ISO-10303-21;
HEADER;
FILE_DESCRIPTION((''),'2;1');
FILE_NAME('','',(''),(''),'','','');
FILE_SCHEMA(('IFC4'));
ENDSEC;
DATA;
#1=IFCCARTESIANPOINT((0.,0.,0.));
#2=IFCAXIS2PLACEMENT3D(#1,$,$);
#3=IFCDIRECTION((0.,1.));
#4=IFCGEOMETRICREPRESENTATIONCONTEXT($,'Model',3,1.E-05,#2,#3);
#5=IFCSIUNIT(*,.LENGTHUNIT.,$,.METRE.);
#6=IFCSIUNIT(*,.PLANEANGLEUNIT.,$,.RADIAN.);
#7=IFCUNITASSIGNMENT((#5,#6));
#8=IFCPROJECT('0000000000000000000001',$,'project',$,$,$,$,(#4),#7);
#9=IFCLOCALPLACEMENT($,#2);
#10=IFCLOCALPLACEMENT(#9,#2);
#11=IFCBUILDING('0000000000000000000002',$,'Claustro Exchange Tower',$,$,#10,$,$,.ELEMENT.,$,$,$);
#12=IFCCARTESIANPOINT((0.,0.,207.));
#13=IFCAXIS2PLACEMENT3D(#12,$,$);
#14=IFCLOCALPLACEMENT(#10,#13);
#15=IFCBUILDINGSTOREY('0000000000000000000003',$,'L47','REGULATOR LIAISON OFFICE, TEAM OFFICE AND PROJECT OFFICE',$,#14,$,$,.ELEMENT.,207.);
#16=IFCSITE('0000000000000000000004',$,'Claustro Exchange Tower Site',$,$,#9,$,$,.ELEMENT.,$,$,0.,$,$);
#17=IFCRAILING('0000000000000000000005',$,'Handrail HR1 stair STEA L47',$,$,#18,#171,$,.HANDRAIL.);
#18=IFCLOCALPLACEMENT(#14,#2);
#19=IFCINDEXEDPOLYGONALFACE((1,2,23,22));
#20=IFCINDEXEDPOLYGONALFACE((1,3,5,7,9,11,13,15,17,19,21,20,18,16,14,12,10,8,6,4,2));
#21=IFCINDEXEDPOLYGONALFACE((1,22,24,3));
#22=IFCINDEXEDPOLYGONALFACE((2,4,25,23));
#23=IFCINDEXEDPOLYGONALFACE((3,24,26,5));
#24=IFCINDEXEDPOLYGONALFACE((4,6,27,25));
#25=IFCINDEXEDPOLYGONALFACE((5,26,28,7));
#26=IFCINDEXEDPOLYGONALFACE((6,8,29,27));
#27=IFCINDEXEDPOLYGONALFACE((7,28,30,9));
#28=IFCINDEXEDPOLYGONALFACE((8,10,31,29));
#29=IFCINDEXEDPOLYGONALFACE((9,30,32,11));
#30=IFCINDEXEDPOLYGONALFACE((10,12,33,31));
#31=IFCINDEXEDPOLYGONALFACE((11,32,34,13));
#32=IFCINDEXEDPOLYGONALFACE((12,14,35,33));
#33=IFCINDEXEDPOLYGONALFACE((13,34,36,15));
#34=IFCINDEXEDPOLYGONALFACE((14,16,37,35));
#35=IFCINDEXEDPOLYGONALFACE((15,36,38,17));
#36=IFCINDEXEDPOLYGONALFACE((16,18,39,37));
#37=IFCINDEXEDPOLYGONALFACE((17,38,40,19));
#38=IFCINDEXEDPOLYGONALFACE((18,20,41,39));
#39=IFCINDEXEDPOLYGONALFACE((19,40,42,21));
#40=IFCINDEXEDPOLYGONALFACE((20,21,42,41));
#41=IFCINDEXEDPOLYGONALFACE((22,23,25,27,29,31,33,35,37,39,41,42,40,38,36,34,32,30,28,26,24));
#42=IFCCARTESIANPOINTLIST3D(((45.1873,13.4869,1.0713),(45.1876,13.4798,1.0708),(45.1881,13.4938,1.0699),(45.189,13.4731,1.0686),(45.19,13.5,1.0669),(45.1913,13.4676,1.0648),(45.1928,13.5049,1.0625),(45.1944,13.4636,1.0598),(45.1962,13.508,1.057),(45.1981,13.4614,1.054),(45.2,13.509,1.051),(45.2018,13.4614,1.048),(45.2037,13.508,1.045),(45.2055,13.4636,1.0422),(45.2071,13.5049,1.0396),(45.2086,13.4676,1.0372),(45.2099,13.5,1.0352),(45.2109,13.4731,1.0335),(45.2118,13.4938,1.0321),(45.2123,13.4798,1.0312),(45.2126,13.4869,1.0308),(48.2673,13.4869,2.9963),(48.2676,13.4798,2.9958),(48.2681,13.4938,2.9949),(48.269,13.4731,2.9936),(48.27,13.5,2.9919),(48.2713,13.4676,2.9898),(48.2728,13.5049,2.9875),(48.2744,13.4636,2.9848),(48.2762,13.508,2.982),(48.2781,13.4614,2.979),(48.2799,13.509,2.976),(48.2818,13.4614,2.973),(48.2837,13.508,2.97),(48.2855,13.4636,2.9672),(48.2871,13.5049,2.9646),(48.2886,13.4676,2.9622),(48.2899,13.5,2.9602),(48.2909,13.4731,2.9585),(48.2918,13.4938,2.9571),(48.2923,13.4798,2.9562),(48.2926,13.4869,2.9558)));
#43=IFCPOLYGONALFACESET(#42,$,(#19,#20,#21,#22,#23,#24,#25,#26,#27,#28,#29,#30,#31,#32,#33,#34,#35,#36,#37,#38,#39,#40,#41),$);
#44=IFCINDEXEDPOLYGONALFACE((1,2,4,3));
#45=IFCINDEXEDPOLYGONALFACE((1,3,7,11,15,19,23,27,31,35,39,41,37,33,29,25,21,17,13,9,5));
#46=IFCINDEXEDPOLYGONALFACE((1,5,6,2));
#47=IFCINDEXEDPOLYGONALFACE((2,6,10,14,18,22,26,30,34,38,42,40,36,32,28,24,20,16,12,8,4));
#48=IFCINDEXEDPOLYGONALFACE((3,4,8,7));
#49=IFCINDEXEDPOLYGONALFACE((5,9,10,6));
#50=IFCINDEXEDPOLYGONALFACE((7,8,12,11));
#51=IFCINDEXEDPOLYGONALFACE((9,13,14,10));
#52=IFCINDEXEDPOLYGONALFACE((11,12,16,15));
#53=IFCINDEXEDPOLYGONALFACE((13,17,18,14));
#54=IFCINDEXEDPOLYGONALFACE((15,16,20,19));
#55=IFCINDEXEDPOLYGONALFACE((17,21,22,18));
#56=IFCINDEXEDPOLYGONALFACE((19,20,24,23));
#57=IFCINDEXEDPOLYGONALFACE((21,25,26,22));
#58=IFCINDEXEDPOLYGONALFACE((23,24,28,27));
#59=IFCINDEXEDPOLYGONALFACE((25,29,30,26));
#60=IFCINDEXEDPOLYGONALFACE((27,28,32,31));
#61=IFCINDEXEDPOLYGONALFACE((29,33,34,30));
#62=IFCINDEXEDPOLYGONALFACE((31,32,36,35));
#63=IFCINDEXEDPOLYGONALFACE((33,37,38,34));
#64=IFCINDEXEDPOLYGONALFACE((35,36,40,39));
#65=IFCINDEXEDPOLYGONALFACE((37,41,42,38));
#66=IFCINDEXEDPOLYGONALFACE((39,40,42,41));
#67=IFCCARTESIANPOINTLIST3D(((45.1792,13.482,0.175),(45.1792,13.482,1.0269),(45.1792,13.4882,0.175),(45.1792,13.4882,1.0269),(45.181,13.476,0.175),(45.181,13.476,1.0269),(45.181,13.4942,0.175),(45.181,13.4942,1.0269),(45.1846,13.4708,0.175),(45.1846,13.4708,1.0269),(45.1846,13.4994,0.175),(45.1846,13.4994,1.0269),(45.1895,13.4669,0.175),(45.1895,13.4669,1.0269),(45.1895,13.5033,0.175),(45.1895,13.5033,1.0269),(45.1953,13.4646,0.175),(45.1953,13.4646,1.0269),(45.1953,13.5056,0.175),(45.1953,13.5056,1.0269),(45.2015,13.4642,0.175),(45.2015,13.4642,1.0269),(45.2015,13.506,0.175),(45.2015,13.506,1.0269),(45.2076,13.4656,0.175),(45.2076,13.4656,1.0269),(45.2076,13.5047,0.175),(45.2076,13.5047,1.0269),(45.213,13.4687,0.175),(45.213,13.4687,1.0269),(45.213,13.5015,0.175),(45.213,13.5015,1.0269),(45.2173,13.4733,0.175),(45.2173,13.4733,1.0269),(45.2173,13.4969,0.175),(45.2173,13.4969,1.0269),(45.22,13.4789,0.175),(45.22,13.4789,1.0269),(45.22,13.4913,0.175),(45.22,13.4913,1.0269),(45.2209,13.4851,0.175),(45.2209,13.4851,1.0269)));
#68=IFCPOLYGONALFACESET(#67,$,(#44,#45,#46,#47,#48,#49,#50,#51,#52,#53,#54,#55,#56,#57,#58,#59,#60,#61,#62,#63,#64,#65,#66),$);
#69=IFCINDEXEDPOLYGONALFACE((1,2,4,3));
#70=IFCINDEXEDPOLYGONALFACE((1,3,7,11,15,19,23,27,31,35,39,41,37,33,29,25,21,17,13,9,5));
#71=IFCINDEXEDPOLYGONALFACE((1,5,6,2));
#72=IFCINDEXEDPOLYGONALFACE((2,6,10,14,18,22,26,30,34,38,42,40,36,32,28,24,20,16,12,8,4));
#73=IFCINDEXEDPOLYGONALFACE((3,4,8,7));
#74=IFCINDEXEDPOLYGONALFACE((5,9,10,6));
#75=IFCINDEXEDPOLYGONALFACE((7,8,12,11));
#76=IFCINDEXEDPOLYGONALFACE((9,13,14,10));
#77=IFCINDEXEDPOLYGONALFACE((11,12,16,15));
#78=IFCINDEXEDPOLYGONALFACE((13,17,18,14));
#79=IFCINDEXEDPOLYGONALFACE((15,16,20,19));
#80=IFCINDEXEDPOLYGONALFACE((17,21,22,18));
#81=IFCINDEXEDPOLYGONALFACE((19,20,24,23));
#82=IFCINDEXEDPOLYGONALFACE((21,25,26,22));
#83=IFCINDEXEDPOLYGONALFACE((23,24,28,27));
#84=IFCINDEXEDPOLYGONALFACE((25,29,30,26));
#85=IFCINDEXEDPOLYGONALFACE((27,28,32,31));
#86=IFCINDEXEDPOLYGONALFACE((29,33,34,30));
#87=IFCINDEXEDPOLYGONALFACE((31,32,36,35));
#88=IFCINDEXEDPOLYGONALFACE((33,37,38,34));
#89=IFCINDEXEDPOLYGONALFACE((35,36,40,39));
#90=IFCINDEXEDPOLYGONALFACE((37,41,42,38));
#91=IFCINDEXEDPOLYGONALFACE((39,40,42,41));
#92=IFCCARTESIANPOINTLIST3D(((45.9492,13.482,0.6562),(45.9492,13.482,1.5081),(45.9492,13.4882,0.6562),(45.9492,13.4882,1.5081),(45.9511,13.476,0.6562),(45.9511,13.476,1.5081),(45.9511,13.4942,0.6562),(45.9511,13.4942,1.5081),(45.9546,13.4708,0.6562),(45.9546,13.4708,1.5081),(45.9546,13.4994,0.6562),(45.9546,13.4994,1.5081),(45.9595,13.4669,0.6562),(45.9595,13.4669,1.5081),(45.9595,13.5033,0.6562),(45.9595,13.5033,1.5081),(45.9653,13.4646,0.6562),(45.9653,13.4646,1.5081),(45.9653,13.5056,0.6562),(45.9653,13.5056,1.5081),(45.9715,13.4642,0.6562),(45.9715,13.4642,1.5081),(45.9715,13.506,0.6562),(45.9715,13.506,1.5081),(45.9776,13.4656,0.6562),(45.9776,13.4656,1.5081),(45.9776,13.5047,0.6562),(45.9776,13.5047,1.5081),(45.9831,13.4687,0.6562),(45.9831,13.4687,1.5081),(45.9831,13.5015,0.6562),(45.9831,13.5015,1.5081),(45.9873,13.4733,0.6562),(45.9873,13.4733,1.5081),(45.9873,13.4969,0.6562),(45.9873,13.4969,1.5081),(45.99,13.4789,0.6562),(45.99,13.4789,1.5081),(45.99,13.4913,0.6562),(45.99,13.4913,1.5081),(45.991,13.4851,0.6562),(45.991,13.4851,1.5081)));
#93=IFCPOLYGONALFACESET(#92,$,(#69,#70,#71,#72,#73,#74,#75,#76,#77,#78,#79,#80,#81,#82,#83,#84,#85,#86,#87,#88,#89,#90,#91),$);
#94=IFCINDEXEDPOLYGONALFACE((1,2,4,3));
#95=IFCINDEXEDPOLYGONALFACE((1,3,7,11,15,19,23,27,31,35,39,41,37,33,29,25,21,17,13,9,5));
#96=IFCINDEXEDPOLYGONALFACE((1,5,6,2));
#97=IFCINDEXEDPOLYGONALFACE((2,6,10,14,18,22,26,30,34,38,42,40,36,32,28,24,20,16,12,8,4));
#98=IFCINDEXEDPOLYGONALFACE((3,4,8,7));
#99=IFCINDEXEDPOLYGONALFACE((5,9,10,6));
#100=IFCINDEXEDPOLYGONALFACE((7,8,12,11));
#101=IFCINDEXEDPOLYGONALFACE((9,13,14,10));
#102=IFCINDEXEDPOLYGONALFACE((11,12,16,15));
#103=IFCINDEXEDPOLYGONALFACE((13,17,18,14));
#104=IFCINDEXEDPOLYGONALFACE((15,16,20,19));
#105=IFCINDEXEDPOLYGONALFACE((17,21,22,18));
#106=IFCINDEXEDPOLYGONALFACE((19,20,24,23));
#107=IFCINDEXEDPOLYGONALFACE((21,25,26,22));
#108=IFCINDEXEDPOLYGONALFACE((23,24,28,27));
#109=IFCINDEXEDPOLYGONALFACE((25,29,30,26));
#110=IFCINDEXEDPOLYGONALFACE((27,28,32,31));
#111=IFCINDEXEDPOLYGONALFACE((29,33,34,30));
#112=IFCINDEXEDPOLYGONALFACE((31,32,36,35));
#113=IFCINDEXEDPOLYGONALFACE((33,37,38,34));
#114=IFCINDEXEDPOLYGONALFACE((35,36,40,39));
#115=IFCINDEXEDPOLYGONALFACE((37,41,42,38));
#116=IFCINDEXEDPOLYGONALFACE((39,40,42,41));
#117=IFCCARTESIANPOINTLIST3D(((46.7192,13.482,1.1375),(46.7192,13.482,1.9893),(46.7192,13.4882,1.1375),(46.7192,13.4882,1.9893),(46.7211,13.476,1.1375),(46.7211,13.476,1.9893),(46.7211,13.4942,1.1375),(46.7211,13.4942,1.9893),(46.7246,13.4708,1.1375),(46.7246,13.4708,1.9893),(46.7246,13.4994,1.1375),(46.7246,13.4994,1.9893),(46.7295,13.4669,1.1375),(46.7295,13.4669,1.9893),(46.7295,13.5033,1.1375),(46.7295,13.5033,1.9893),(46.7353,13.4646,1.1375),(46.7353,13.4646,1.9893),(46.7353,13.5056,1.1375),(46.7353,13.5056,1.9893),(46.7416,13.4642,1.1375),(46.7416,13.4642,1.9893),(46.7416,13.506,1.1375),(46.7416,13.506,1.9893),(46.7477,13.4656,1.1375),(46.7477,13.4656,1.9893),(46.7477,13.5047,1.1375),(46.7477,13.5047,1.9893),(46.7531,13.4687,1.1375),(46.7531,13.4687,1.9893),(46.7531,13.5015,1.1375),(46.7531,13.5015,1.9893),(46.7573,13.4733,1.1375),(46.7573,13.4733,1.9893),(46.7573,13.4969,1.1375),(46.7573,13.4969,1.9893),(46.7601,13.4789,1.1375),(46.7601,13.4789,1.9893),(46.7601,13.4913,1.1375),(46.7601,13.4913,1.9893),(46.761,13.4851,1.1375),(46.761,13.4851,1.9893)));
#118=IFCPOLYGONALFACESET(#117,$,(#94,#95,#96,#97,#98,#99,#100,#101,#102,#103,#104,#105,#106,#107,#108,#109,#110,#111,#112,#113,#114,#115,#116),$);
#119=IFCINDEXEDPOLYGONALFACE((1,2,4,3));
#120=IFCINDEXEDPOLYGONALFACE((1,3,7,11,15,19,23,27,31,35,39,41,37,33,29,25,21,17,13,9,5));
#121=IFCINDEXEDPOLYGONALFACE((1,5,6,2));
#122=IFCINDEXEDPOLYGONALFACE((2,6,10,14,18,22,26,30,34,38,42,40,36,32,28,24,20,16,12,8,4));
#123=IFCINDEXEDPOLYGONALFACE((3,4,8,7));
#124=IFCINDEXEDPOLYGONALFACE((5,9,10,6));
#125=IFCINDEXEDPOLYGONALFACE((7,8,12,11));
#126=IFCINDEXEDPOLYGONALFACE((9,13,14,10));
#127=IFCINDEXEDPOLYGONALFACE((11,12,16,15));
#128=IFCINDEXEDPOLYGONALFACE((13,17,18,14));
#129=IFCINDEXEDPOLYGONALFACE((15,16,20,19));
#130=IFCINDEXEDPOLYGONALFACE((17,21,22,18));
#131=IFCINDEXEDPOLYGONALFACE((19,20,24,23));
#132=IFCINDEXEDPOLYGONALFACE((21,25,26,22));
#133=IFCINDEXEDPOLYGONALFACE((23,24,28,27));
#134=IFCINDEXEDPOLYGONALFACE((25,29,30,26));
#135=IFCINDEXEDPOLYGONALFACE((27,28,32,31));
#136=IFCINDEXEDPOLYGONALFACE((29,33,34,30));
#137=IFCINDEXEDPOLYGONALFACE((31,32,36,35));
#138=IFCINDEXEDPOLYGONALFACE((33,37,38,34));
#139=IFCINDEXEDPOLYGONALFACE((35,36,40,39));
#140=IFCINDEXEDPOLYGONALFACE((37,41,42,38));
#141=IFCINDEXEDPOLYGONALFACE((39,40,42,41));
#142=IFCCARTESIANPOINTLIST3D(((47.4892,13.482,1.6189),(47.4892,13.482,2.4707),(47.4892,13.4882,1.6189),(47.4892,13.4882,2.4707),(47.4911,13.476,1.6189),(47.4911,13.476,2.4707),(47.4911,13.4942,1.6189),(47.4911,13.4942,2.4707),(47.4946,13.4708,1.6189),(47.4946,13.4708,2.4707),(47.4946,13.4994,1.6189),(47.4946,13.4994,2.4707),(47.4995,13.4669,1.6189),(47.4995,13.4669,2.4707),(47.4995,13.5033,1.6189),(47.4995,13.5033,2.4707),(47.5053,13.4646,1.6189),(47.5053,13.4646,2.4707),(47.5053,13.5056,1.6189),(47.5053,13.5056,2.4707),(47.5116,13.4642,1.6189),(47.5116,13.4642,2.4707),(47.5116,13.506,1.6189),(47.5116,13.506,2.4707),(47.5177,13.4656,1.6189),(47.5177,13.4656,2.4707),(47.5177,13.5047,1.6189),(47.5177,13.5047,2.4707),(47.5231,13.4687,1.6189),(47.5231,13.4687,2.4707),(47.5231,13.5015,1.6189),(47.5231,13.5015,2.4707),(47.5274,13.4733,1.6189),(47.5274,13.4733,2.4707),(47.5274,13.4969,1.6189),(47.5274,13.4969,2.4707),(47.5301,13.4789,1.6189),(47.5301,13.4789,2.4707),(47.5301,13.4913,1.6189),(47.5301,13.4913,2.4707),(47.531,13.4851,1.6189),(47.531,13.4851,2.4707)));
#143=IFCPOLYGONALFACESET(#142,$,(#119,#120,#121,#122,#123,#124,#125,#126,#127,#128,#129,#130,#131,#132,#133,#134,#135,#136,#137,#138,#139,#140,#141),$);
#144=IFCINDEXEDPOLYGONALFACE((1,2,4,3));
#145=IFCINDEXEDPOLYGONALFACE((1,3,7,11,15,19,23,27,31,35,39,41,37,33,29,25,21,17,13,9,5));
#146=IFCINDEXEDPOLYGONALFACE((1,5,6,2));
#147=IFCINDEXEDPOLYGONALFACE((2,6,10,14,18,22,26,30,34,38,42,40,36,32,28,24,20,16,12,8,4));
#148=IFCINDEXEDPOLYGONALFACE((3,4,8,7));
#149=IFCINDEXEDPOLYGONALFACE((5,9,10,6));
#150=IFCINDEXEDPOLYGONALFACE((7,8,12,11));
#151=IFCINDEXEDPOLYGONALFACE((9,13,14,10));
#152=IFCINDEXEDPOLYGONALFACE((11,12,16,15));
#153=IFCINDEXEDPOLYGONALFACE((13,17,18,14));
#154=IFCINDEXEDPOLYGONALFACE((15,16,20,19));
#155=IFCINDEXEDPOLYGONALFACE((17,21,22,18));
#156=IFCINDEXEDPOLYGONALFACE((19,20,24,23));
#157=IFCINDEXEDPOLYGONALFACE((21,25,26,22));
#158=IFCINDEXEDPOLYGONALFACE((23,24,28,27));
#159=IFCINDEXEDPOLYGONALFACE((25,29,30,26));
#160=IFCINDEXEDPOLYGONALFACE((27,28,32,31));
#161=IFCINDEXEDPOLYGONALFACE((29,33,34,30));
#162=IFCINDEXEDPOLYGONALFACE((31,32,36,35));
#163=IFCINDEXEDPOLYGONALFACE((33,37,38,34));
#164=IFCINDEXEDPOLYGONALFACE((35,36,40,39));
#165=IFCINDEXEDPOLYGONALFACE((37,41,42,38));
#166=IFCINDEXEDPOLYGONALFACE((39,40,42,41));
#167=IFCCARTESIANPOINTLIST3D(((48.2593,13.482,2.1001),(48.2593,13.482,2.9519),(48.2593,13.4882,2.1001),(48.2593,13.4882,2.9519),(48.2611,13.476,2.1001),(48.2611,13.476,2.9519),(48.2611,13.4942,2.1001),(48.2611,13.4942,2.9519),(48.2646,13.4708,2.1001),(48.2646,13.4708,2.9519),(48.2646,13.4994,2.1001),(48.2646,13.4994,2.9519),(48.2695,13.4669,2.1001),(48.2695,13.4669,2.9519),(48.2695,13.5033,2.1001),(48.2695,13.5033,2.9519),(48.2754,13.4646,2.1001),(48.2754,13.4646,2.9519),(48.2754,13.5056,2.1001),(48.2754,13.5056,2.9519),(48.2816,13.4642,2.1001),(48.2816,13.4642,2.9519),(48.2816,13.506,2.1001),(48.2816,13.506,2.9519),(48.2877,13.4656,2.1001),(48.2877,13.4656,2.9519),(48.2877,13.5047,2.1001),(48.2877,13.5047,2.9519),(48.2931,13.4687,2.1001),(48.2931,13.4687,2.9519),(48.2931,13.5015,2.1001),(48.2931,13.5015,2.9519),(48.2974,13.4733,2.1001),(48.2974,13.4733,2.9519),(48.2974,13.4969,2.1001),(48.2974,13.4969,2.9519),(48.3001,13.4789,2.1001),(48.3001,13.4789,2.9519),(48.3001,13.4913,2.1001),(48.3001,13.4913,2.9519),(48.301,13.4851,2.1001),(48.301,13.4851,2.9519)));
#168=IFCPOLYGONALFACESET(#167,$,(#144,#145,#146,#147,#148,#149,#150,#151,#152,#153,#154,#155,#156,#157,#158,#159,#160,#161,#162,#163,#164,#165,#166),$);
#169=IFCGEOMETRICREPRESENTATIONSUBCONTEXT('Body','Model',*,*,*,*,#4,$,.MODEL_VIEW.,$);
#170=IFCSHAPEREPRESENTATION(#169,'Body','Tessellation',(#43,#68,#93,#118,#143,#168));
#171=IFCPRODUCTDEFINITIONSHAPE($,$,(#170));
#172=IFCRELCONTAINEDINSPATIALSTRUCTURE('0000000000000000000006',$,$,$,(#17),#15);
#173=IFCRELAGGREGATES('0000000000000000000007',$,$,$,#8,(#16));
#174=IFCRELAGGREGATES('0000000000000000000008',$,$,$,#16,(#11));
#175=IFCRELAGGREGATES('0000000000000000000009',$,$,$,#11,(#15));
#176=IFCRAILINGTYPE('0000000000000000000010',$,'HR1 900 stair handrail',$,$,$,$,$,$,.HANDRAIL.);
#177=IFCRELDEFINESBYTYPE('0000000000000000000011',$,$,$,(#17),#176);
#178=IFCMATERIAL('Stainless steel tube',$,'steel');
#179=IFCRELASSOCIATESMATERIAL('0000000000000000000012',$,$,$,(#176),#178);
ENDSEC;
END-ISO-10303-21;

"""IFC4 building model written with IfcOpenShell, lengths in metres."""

from ifc_helpers import new_model, si_unit, direction, frame, origin, origin_2d, place, context, subcontext, project, spatial, circle, extrude, material, type_object, element, save


model = new_model("IFC4")

# Units and contexts
model_context = context("Model", 3, precision=1e-05, world=origin(), true_north=direction((0.0, 1.0)))
body_context = subcontext(model_context, "Body", "Model", "MODEL_VIEW")
ifc_project = project(units=[si_unit("LENGTHUNIT", "METRE"), si_unit("PLANEANGLEUNIT", "RADIAN")], contexts=[model_context])

# Site, building, storey
site_placement = place(None, origin())
site = spatial("IfcSite", under=ifc_project, at=site_placement, Name="Claustro Exchange Tower Site", CompositionType="ELEMENT", RefElevation=0.0)
building_placement = place(site_placement, origin())
building = spatial("IfcBuilding", under=site, at=building_placement, Name="Claustro Exchange Tower", CompositionType="ELEMENT")
storey_placement = place(building_placement, frame((0.0, 0.0, 207.0)))
storey = spatial("IfcBuildingStorey", under=building, at=storey_placement, Name="L47", Description="REGULATOR LIAISON OFFICE, TEAM OFFICE AND PROJECT OFFICE", CompositionType="ELEMENT", Elevation=207.0)

# Railing
ifc_material_1 = material(Name="Stainless steel tube", Category="steel")
railing_type_1 = type_object("IfcRailingType", Name="HR1 900 stair handrail", PredefinedType="HANDRAIL", material=ifc_material_1)
railing_1_placement = place(storey_placement, frame((45.2, 13.4851, 0.175)))
element("IfcRailing", 1, at=railing_1_placement, inside=storey, type_object=railing_type_1, Name="Handrail HR1 stair STEA L47", PredefinedType="HANDRAIL", context=body_context, shape_type="SweptSolid", body=[
    extrude(circle(Radius=0.0239, at=origin_2d()), frame((0.0, 0.0, 0.876), z_axis=(0.847998, 0.0, 0.529999), x_axis=(0.0, 1.0, 0.0)), (0.0, 0.0, 1.0), 3.6321),
    extrude(circle(Radius=0.021, at=origin_2d()), origin(), (0.0, 0.0, 1.0), 0.8518),
    extrude(circle(Radius=0.021, at=origin_2d()), frame((0.77, 0.0, 0.4812)), (0.0, 0.0, 1.0), 0.8518),
    extrude(circle(Radius=0.021, at=origin_2d()), frame((1.54, 0.0, 0.9624)), (0.0, 0.0, 1.0), 0.8518),
    extrude(circle(Radius=0.021, at=origin_2d()), frame((2.3101, 0.0, 1.4438)), (0.0, 0.0, 1.0), 0.8518),
    extrude(circle(Radius=0.021, at=origin_2d()), frame((3.0801, 0.0, 1.925)), (0.0, 0.0, 1.0), 0.8518),
])

save(model, "model.ifc")
